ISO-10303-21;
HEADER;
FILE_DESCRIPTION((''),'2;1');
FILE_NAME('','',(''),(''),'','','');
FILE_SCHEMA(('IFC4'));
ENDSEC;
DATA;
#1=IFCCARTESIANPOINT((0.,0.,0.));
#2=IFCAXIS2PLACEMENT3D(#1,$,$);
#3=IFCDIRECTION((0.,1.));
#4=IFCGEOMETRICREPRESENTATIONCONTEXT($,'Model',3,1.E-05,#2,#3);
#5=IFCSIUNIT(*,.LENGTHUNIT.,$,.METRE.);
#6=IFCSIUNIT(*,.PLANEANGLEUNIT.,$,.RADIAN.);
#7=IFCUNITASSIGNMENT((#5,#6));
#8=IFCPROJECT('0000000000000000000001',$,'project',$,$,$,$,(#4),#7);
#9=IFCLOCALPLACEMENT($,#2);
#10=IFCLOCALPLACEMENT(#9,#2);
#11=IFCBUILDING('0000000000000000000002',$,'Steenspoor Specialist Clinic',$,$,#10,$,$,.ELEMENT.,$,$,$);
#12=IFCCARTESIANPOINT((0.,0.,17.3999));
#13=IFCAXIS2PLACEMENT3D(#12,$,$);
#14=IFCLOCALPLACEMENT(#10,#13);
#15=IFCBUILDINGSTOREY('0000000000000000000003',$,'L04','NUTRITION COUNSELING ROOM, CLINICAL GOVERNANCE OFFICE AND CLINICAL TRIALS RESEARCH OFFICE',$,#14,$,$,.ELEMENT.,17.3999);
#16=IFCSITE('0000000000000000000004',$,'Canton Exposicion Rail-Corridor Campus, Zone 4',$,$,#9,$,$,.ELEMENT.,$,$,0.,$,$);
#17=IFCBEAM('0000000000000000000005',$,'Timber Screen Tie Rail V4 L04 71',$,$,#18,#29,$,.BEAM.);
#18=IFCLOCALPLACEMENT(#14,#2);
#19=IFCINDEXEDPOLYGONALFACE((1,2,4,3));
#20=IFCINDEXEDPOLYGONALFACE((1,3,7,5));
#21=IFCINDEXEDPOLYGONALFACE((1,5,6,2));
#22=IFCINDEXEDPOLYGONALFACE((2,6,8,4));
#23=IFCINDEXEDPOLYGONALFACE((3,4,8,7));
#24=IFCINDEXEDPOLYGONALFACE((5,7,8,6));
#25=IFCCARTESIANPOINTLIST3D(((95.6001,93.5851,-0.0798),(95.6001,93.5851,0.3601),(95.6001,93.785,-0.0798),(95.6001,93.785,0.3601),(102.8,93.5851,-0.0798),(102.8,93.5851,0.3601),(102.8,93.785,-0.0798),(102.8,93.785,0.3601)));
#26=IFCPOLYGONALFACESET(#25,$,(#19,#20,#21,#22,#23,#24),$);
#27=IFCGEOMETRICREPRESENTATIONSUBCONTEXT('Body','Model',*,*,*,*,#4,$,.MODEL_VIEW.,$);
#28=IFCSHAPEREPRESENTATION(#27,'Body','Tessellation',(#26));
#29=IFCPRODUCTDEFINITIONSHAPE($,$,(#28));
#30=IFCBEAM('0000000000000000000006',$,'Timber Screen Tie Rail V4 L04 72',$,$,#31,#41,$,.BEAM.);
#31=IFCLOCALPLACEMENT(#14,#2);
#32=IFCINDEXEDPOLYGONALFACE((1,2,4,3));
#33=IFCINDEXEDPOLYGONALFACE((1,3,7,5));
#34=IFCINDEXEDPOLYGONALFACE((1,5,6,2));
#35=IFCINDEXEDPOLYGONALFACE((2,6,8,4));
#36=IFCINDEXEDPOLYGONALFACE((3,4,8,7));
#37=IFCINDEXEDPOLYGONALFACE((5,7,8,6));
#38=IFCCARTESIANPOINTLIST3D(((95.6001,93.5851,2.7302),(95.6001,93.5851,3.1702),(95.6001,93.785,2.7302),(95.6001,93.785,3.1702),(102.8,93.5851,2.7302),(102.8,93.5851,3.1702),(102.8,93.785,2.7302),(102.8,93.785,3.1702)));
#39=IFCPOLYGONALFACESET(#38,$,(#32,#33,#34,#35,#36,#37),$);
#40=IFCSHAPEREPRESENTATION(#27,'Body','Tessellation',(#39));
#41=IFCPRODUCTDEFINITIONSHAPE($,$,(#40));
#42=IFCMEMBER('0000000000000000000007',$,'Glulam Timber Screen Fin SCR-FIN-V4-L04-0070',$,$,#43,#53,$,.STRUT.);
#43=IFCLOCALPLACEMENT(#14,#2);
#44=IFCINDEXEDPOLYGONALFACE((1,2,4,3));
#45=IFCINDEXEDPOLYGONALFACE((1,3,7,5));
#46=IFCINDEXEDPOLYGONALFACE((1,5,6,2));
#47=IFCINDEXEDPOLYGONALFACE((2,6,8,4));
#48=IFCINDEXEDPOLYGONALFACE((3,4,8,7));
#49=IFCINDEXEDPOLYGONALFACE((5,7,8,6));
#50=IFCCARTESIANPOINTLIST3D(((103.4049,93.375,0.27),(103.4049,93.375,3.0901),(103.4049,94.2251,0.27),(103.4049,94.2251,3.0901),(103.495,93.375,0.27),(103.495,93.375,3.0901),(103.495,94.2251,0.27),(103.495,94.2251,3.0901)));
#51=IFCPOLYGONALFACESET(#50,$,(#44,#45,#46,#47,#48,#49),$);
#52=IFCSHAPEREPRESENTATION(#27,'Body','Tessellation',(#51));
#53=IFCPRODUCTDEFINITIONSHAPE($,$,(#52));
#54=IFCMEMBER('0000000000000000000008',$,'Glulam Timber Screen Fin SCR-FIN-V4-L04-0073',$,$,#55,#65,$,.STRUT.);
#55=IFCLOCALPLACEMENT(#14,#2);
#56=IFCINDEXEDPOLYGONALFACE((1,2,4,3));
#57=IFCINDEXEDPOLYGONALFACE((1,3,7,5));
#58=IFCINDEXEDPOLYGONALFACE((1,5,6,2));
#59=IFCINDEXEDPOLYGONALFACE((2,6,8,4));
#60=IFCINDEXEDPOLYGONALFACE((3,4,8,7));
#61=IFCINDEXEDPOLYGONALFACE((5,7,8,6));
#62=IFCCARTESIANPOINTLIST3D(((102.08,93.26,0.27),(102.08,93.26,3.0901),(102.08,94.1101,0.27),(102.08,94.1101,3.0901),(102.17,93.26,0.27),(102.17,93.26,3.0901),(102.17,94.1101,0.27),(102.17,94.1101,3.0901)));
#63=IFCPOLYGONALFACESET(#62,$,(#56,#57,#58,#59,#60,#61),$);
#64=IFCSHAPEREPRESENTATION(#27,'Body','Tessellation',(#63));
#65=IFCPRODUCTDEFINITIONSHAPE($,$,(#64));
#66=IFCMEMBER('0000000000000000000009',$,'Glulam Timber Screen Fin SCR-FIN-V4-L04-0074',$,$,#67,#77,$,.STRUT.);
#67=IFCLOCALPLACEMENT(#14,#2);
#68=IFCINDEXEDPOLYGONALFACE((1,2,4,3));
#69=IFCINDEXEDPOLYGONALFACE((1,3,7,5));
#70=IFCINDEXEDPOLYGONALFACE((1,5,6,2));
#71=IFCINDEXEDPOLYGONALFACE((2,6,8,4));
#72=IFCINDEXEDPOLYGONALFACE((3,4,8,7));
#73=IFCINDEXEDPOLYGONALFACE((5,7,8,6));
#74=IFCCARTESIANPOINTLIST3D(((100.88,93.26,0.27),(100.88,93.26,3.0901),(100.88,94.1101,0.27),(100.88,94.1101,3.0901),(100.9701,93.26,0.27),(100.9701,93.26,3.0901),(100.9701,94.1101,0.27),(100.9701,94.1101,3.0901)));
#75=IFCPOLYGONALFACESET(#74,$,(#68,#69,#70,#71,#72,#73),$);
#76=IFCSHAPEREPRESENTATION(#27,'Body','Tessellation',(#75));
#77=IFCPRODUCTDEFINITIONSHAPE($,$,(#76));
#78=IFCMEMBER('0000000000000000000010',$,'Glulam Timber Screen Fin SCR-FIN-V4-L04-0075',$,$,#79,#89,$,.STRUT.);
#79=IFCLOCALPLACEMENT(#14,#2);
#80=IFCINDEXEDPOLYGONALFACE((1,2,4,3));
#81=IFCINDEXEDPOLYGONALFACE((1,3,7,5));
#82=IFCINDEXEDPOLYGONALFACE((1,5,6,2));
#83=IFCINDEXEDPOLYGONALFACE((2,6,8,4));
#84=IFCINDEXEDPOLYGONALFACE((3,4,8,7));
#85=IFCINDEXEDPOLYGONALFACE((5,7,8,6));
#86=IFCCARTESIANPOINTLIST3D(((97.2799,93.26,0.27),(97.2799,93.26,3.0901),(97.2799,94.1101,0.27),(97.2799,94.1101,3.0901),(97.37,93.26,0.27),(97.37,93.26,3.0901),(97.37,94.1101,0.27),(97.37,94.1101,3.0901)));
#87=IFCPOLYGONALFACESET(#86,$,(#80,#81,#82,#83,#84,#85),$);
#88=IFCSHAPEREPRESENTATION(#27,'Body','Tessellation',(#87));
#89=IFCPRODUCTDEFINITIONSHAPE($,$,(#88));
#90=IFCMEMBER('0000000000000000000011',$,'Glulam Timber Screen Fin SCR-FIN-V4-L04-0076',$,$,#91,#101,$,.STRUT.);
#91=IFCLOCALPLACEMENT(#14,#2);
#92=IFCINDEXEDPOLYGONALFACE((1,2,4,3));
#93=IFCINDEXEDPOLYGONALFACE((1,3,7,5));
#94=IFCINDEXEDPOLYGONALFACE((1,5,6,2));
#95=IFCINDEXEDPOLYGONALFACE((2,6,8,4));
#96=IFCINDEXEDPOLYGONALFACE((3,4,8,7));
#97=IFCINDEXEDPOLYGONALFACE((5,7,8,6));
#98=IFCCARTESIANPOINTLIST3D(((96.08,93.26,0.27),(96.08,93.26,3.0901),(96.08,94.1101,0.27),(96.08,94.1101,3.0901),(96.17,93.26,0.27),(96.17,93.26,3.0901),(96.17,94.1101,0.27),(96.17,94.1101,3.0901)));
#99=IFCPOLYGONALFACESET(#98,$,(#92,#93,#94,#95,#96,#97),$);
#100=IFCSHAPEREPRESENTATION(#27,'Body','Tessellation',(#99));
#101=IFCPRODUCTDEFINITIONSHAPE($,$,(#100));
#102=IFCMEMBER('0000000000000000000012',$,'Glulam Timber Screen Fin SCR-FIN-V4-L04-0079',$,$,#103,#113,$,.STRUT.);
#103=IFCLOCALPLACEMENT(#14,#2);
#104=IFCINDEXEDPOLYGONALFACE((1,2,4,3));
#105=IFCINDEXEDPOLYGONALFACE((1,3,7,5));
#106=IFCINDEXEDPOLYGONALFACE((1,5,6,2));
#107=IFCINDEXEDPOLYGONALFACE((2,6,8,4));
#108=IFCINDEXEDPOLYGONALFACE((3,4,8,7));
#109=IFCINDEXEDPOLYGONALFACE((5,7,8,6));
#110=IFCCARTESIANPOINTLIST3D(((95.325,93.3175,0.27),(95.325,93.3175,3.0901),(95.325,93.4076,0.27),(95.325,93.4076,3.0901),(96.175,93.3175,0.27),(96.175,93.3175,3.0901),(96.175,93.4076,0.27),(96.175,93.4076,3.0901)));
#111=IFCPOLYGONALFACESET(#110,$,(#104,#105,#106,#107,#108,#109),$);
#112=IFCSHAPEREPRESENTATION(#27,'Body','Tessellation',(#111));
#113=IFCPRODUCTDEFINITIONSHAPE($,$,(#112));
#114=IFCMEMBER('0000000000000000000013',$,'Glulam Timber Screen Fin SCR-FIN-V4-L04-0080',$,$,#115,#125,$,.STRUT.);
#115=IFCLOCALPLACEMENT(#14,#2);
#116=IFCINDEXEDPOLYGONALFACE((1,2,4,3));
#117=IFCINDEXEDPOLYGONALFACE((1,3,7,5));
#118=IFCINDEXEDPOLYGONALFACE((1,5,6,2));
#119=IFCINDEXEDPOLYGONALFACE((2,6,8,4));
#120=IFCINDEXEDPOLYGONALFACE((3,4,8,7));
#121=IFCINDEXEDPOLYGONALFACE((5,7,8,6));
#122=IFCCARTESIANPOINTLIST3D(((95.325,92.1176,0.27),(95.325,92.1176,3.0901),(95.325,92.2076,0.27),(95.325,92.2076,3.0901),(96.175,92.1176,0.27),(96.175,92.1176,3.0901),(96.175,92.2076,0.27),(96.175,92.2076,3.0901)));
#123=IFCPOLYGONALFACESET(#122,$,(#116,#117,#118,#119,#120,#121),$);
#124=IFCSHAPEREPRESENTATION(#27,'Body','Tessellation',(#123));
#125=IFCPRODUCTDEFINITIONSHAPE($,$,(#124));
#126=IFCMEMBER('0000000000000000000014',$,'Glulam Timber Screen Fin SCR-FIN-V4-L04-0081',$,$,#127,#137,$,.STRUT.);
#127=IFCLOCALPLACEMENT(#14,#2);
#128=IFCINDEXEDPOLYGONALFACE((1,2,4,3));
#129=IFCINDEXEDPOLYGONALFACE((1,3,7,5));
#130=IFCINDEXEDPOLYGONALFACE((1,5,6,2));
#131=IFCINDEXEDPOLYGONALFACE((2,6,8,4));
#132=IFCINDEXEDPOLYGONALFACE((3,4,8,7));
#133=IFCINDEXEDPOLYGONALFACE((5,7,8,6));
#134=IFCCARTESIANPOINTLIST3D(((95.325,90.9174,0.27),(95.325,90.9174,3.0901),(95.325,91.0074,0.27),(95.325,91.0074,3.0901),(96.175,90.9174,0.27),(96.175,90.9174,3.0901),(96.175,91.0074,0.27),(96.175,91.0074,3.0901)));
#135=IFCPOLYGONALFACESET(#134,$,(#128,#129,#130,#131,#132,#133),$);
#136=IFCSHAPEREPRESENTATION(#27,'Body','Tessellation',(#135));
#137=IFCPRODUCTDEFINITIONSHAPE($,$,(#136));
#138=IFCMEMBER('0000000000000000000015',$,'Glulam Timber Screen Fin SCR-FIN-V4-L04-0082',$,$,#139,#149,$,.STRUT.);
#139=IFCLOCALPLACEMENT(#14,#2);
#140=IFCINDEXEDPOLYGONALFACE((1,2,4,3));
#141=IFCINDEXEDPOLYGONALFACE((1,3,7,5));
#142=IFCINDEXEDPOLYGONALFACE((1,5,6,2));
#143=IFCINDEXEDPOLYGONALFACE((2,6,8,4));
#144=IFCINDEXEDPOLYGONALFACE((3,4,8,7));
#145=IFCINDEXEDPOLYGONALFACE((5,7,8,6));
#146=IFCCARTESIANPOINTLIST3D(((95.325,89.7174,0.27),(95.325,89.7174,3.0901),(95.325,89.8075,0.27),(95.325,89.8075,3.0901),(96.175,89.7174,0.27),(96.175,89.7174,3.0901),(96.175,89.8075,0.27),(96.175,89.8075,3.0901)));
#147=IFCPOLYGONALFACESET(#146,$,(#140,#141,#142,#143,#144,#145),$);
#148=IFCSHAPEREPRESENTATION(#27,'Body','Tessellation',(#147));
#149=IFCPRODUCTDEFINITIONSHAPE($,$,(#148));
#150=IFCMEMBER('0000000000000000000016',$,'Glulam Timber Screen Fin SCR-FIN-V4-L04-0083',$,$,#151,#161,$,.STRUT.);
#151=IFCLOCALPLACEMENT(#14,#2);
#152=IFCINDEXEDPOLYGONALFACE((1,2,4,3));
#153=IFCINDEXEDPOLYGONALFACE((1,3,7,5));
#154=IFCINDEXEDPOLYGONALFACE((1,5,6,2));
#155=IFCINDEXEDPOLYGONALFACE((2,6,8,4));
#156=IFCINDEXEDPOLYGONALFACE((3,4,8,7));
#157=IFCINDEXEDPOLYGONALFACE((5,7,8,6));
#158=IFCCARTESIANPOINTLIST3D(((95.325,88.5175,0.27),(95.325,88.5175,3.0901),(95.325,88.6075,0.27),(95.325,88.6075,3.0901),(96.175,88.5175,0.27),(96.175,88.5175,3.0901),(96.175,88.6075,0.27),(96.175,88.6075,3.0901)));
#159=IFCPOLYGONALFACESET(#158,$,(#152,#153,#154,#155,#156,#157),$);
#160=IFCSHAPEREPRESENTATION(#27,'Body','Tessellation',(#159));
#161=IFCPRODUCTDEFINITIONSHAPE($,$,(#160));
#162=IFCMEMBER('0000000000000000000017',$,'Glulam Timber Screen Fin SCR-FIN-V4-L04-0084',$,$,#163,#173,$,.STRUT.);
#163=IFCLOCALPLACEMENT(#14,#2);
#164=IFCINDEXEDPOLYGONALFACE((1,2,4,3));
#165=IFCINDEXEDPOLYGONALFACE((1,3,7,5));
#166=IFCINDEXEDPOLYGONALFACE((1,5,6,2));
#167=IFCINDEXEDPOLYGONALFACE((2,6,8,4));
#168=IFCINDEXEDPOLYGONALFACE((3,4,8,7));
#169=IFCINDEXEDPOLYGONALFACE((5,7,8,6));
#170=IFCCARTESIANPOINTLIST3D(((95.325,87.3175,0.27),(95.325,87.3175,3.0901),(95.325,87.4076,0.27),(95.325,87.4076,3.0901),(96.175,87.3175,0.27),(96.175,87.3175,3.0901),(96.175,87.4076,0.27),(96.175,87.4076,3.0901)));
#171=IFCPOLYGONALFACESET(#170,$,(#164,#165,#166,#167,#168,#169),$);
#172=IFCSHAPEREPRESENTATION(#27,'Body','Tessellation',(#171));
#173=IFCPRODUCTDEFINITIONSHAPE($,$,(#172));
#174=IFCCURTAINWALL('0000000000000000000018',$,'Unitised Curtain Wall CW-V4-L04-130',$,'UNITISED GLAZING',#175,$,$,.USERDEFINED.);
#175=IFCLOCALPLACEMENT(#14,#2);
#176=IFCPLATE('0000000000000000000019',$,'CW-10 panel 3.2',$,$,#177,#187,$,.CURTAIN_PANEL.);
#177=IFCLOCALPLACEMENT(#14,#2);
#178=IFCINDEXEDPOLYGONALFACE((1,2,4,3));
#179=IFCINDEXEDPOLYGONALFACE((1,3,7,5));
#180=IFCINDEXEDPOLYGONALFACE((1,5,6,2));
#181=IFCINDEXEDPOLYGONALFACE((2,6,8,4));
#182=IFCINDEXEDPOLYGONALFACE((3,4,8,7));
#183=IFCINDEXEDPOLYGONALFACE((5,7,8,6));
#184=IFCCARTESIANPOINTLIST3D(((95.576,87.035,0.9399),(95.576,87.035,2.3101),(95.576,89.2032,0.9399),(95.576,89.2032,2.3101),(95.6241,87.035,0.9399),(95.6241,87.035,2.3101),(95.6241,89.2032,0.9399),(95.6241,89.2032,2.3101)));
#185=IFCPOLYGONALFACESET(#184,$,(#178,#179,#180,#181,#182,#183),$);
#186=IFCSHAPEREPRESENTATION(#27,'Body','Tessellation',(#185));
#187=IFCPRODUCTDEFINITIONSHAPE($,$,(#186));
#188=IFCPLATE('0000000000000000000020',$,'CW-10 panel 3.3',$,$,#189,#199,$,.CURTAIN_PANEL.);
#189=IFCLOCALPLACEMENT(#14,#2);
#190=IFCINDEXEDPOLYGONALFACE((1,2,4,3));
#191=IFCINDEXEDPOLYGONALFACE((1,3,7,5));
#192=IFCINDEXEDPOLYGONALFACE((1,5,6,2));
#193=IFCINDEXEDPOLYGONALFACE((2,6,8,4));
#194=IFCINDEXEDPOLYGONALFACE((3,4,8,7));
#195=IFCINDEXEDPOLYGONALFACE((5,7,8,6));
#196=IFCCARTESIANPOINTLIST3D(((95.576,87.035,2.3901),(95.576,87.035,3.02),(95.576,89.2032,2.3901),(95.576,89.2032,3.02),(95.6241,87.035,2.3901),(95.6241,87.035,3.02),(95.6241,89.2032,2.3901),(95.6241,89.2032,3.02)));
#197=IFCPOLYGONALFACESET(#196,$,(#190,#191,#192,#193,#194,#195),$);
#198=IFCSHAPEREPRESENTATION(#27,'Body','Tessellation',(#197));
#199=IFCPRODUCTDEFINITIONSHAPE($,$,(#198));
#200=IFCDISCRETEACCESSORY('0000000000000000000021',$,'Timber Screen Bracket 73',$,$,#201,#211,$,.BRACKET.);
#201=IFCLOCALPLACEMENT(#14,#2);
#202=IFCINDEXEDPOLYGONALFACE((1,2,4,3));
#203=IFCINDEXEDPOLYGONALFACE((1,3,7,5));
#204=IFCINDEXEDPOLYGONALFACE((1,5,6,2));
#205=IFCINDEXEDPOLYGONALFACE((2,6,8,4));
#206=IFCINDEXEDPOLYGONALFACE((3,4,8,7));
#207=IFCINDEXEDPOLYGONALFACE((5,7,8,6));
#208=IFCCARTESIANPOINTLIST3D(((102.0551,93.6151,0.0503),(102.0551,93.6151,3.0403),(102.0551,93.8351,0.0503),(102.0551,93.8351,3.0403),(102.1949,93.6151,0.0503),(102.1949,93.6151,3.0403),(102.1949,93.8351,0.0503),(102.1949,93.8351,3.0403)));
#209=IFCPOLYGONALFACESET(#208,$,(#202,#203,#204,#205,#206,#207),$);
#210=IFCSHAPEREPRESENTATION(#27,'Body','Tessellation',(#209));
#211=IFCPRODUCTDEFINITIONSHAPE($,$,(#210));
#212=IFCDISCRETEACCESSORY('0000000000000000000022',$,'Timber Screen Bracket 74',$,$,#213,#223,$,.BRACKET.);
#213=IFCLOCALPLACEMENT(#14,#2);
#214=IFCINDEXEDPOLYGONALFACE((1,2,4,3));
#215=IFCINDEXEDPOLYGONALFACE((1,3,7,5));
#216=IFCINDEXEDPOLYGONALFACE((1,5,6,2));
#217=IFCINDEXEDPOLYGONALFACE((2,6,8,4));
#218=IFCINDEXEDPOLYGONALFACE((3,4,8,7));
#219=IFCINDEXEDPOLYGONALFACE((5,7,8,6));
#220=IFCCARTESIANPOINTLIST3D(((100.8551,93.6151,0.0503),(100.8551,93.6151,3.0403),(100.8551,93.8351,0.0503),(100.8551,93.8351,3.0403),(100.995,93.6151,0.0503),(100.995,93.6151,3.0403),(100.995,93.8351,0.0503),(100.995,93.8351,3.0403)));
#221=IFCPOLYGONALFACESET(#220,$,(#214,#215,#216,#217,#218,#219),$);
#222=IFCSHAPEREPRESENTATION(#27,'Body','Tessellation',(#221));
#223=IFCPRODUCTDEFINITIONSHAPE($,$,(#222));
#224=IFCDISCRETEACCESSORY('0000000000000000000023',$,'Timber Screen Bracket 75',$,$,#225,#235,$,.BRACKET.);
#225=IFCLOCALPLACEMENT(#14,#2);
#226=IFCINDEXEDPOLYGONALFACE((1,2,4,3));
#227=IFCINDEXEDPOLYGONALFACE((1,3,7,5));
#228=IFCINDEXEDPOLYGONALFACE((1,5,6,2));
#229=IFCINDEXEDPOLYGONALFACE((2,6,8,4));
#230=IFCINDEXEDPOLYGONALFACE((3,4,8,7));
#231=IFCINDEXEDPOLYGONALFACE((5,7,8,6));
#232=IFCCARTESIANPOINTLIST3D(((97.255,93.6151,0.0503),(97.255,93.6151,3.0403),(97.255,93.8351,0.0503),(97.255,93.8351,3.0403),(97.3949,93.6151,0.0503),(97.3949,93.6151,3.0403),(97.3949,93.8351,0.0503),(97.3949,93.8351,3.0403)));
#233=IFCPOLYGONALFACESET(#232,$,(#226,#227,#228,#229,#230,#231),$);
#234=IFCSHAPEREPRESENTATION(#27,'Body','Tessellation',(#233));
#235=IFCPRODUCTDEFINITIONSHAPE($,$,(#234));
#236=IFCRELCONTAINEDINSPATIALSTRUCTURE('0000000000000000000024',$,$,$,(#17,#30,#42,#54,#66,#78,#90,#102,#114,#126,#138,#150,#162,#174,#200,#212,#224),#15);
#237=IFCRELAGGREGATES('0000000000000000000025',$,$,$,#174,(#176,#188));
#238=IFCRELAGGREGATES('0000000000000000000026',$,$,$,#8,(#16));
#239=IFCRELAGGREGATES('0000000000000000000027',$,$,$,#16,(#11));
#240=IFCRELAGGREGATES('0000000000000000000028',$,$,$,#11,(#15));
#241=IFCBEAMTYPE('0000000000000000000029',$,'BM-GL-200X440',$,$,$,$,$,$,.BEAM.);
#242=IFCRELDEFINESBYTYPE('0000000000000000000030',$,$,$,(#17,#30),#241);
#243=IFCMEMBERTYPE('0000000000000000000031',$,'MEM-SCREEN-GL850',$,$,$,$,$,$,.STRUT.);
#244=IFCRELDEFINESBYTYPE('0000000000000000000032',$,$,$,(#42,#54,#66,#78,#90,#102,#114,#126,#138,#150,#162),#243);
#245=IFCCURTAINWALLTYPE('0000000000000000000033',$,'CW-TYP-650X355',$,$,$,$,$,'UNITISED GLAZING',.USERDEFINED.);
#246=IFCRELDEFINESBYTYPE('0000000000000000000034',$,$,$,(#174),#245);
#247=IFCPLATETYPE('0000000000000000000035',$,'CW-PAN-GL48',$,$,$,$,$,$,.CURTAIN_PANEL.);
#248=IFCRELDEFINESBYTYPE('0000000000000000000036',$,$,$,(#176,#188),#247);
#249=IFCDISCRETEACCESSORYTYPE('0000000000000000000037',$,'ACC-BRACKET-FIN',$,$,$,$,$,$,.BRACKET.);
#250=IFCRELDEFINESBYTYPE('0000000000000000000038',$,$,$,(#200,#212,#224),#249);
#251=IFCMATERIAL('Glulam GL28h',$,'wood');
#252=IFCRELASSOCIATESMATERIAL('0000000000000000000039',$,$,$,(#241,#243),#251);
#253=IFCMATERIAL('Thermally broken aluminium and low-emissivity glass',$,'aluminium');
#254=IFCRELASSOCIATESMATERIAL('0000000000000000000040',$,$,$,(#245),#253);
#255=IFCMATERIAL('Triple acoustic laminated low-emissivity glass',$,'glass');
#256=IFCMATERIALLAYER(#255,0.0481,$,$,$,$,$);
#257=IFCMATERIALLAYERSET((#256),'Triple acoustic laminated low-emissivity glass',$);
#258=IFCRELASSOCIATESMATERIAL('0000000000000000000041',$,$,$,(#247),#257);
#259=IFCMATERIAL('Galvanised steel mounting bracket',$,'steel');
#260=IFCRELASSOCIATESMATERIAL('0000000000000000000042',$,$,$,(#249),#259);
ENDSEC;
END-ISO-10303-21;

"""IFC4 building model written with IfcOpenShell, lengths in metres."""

from ifc_helpers import new_model, si_unit, direction, frame, origin, origin_2d, place, context, subcontext, project, spatial, rectangle, extrude, material, layer, layer_set, material_profile, profile_set, type_object, element, aggregate, save


model = new_model("IFC4")

# Units and contexts
model_context = context("Model", 3, precision=1e-05, world=origin(), true_north=direction((0.0, 1.0)))
body_context = subcontext(model_context, "Body", "Model", "MODEL_VIEW")
ifc_project = project(units=[si_unit("LENGTHUNIT", "METRE"), si_unit("PLANEANGLEUNIT", "RADIAN")], contexts=[model_context])

# Site, building, storey
site_placement = place(None, origin())
site = spatial("IfcSite", under=ifc_project, at=site_placement, Name="Canton Exposicion Rail-Corridor Campus, Zone 4", CompositionType="ELEMENT", RefElevation=0.0)
building_placement = place(site_placement, origin())
building = spatial("IfcBuilding", under=site, at=building_placement, Name="Steenspoor Specialist Clinic", CompositionType="ELEMENT")
storey_placement = place(building_placement, frame((0.0, 0.0, 17.3999)))
storey = spatial("IfcBuildingStorey", under=building, at=storey_placement, Name="L04", Description="NUTRITION COUNSELING ROOM, CLINICAL GOVERNANCE OFFICE AND CLINICAL TRIALS RESEARCH OFFICE", CompositionType="ELEMENT", Elevation=17.3999)

# Beams
ifc_material_1 = material(Name="Glulam GL28h", Category="wood")
ifc_material_profile_1 = material_profile(ifc_material_1, rectangle(XDim=0.2, YDim=0.4399, at=origin_2d()), Name="GL28H-200X440")
ifc_profile_set_1 = profile_set([ifc_material_profile_1], Name="Glulam GL28h")
beam_type = type_object("IfcBeamType", Name="BM-GL-200X440", PredefinedType="BEAM", material=ifc_profile_set_1)
for number, where, z_axis, x_axis, name in (
    (1, (102.8, 93.6851, 0.1401), (-1.0, 0.0, 0.0), (0.0, -1.0, 0.0), "Timber Screen Tie Rail V4 L04 71"),
    (2, (102.8, 93.6851, 2.9502), (-1.0, 0.0, 0.0), (0.0, -1.0, 0.0), "Timber Screen Tie Rail V4 L04 72"),
):
    element("IfcBeam", number, at=place(storey_placement, frame(where, z_axis=z_axis, x_axis=x_axis)), inside=storey, type_object=beam_type, Name=name, PredefinedType="BEAM", context=body_context, shape_type="SweptSolid", body=[
        extrude(rectangle(XDim=0.2, YDim=0.4399, at=origin_2d()), origin(), (0.0, 0.0, 1.0), 7.2),
    ])

# Members
ifc_material_profile_2 = material_profile(ifc_material_1, rectangle(XDim=0.0901, YDim=0.8501, at=origin_2d()), Name="GL28H-90X850")
ifc_profile_set_2 = profile_set([ifc_material_profile_2], Name="Glulam GL28h")
member_type = type_object("IfcMemberType", Name="MEM-SCREEN-GL850", PredefinedType="STRUT", material=ifc_profile_set_2)
for number, where, z_axis, x_axis, name in (
    (3, (103.45, 93.8, 0.27), (0.0, 0.0, 1.0), (-1.0, 0.0, 0.0), "Glulam Timber Screen Fin SCR-FIN-V4-L04-0070"),
    (4, (102.125, 93.6851, 0.27), (0.0, 0.0, 1.0), (-1.0, 0.0, 0.0), "Glulam Timber Screen Fin SCR-FIN-V4-L04-0073"),
    (5, (100.925, 93.6851, 0.27), (0.0, 0.0, 1.0), (-1.0, 0.0, 0.0), "Glulam Timber Screen Fin SCR-FIN-V4-L04-0074"),
    (6, (97.325, 93.6851, 0.27), (0.0, 0.0, 1.0), (-1.0, 0.0, 0.0), "Glulam Timber Screen Fin SCR-FIN-V4-L04-0075"),
    (7, (96.125, 93.6851, 0.27), (0.0, 0.0, 1.0), (-1.0, 0.0, 0.0), "Glulam Timber Screen Fin SCR-FIN-V4-L04-0076"),
    (8, (95.75, 93.3625, 0.27), (0.0, 0.0, 1.0), (0.0, -1.0, 0.0), "Glulam Timber Screen Fin SCR-FIN-V4-L04-0079"),
    (9, (95.75, 92.1626, 0.27), (0.0, 0.0, 1.0), (0.0, -1.0, 0.0), "Glulam Timber Screen Fin SCR-FIN-V4-L04-0080"),
    (10, (95.75, 90.9624, 0.27), (0.0, 0.0, 1.0), (0.0, -1.0, 0.0), "Glulam Timber Screen Fin SCR-FIN-V4-L04-0081"),
    (11, (95.75, 89.7625, 0.27), (0.0, 0.0, 1.0), (0.0, -1.0, 0.0), "Glulam Timber Screen Fin SCR-FIN-V4-L04-0082"),
    (12, (95.75, 88.5625, 0.27), (0.0, 0.0, 1.0), (0.0, -1.0, 0.0), "Glulam Timber Screen Fin SCR-FIN-V4-L04-0083"),
    (13, (95.75, 87.3625, 0.27), (0.0, 0.0, 1.0), (0.0, -1.0, 0.0), "Glulam Timber Screen Fin SCR-FIN-V4-L04-0084"),
):
    element("IfcMember", number, at=place(storey_placement, frame(where, z_axis=z_axis, x_axis=x_axis)), inside=storey, type_object=member_type, Name=name, PredefinedType="STRUT", context=body_context, shape_type="SweptSolid", body=[
        extrude(rectangle(XDim=0.0901, YDim=0.8501, at=origin_2d()), origin(), (0.0, 0.0, 1.0), 2.8201),
    ])

# Curtain wall, plates
ifc_material_2 = material(Name="Thermally broken aluminium and low-emissivity glass", Category="aluminium")
curtain_wall_type = type_object("IfcCurtainWallType", Name="CW-TYP-650X355", ElementType="UNITISED GLAZING", PredefinedType="USERDEFINED", material=ifc_material_2)
curtain_wall_placement = place(storey_placement, origin())
curtain_wall = element("IfcCurtainWall", 14, at=curtain_wall_placement, inside=storey, type_object=curtain_wall_type, Name="Unitised Curtain Wall CW-V4-L04-130", ObjectType="UNITISED GLAZING", PredefinedType="USERDEFINED")
ifc_material_3 = material(Name="Triple acoustic laminated low-emissivity glass", Category="glass")
ifc_layer = layer(ifc_material_3, 0.0481)
ifc_layer_set = layer_set([ifc_layer], Name="Triple acoustic laminated low-emissivity glass")
plate_type = type_object("IfcPlateType", Name="CW-PAN-GL48", PredefinedType="CURTAIN_PANEL", material=ifc_layer_set)
plate_1_placement = place(storey_placement, frame((95.6001, 88.1191, 0.9399), z_axis=(0.0, 0.0, 1.0), x_axis=(0.0, -1.0, 0.0)))
plate_1 = element("IfcPlate", 15, at=plate_1_placement, type_object=plate_type, Name="CW-10 panel 3.2", PredefinedType="CURTAIN_PANEL", context=body_context, shape_type="SweptSolid", body=[
    extrude(rectangle(XDim=2.1682, YDim=0.0481, at=origin_2d()), origin(), (0.0, 0.0, 1.0), 1.3701),
])
plate_2_placement = place(storey_placement, frame((95.6001, 88.1191, 2.3901), z_axis=(0.0, 0.0, 1.0), x_axis=(0.0, -1.0, 0.0)))
plate_2 = element("IfcPlate", 16, at=plate_2_placement, type_object=plate_type, Name="CW-10 panel 3.3", PredefinedType="CURTAIN_PANEL", context=body_context, shape_type="SweptSolid", body=[
    extrude(rectangle(XDim=2.1682, YDim=0.0481, at=origin_2d()), origin(), (0.0, 0.0, 1.0), 0.6299),
])
aggregate(curtain_wall, [plate_1, plate_2])

# Discrete accessories
ifc_material_4 = material(Name="Galvanised steel mounting bracket", Category="steel")
discrete_accessory_type = type_object("IfcDiscreteAccessoryType", Name="ACC-BRACKET-FIN", PredefinedType="BRACKET", material=ifc_material_4)
for number, where, z_axis, x_axis, name in (
    (17, (102.125, 93.7251, 0.0503), (0.0, 0.0, 1.0), (0.0, -1.0, 0.0), "Timber Screen Bracket 73"),
    (18, (100.925, 93.7251, 0.0503), (0.0, 0.0, 1.0), (0.0, -1.0, 0.0), "Timber Screen Bracket 74"),
    (19, (97.325, 93.7251, 0.0503), (0.0, 0.0, 1.0), (0.0, -1.0, 0.0), "Timber Screen Bracket 75"),
):
    element("IfcDiscreteAccessory", number, at=place(storey_placement, frame(where, z_axis=z_axis, x_axis=x_axis)), inside=storey, type_object=discrete_accessory_type, Name=name, PredefinedType="BRACKET", context=body_context, shape_type="SweptSolid", body=[
        extrude(rectangle(XDim=0.22, YDim=0.1399, at=origin_2d()), origin(), (0.0, 0.0, 1.0), 2.99),
    ])

save(model, "model.ifc")
